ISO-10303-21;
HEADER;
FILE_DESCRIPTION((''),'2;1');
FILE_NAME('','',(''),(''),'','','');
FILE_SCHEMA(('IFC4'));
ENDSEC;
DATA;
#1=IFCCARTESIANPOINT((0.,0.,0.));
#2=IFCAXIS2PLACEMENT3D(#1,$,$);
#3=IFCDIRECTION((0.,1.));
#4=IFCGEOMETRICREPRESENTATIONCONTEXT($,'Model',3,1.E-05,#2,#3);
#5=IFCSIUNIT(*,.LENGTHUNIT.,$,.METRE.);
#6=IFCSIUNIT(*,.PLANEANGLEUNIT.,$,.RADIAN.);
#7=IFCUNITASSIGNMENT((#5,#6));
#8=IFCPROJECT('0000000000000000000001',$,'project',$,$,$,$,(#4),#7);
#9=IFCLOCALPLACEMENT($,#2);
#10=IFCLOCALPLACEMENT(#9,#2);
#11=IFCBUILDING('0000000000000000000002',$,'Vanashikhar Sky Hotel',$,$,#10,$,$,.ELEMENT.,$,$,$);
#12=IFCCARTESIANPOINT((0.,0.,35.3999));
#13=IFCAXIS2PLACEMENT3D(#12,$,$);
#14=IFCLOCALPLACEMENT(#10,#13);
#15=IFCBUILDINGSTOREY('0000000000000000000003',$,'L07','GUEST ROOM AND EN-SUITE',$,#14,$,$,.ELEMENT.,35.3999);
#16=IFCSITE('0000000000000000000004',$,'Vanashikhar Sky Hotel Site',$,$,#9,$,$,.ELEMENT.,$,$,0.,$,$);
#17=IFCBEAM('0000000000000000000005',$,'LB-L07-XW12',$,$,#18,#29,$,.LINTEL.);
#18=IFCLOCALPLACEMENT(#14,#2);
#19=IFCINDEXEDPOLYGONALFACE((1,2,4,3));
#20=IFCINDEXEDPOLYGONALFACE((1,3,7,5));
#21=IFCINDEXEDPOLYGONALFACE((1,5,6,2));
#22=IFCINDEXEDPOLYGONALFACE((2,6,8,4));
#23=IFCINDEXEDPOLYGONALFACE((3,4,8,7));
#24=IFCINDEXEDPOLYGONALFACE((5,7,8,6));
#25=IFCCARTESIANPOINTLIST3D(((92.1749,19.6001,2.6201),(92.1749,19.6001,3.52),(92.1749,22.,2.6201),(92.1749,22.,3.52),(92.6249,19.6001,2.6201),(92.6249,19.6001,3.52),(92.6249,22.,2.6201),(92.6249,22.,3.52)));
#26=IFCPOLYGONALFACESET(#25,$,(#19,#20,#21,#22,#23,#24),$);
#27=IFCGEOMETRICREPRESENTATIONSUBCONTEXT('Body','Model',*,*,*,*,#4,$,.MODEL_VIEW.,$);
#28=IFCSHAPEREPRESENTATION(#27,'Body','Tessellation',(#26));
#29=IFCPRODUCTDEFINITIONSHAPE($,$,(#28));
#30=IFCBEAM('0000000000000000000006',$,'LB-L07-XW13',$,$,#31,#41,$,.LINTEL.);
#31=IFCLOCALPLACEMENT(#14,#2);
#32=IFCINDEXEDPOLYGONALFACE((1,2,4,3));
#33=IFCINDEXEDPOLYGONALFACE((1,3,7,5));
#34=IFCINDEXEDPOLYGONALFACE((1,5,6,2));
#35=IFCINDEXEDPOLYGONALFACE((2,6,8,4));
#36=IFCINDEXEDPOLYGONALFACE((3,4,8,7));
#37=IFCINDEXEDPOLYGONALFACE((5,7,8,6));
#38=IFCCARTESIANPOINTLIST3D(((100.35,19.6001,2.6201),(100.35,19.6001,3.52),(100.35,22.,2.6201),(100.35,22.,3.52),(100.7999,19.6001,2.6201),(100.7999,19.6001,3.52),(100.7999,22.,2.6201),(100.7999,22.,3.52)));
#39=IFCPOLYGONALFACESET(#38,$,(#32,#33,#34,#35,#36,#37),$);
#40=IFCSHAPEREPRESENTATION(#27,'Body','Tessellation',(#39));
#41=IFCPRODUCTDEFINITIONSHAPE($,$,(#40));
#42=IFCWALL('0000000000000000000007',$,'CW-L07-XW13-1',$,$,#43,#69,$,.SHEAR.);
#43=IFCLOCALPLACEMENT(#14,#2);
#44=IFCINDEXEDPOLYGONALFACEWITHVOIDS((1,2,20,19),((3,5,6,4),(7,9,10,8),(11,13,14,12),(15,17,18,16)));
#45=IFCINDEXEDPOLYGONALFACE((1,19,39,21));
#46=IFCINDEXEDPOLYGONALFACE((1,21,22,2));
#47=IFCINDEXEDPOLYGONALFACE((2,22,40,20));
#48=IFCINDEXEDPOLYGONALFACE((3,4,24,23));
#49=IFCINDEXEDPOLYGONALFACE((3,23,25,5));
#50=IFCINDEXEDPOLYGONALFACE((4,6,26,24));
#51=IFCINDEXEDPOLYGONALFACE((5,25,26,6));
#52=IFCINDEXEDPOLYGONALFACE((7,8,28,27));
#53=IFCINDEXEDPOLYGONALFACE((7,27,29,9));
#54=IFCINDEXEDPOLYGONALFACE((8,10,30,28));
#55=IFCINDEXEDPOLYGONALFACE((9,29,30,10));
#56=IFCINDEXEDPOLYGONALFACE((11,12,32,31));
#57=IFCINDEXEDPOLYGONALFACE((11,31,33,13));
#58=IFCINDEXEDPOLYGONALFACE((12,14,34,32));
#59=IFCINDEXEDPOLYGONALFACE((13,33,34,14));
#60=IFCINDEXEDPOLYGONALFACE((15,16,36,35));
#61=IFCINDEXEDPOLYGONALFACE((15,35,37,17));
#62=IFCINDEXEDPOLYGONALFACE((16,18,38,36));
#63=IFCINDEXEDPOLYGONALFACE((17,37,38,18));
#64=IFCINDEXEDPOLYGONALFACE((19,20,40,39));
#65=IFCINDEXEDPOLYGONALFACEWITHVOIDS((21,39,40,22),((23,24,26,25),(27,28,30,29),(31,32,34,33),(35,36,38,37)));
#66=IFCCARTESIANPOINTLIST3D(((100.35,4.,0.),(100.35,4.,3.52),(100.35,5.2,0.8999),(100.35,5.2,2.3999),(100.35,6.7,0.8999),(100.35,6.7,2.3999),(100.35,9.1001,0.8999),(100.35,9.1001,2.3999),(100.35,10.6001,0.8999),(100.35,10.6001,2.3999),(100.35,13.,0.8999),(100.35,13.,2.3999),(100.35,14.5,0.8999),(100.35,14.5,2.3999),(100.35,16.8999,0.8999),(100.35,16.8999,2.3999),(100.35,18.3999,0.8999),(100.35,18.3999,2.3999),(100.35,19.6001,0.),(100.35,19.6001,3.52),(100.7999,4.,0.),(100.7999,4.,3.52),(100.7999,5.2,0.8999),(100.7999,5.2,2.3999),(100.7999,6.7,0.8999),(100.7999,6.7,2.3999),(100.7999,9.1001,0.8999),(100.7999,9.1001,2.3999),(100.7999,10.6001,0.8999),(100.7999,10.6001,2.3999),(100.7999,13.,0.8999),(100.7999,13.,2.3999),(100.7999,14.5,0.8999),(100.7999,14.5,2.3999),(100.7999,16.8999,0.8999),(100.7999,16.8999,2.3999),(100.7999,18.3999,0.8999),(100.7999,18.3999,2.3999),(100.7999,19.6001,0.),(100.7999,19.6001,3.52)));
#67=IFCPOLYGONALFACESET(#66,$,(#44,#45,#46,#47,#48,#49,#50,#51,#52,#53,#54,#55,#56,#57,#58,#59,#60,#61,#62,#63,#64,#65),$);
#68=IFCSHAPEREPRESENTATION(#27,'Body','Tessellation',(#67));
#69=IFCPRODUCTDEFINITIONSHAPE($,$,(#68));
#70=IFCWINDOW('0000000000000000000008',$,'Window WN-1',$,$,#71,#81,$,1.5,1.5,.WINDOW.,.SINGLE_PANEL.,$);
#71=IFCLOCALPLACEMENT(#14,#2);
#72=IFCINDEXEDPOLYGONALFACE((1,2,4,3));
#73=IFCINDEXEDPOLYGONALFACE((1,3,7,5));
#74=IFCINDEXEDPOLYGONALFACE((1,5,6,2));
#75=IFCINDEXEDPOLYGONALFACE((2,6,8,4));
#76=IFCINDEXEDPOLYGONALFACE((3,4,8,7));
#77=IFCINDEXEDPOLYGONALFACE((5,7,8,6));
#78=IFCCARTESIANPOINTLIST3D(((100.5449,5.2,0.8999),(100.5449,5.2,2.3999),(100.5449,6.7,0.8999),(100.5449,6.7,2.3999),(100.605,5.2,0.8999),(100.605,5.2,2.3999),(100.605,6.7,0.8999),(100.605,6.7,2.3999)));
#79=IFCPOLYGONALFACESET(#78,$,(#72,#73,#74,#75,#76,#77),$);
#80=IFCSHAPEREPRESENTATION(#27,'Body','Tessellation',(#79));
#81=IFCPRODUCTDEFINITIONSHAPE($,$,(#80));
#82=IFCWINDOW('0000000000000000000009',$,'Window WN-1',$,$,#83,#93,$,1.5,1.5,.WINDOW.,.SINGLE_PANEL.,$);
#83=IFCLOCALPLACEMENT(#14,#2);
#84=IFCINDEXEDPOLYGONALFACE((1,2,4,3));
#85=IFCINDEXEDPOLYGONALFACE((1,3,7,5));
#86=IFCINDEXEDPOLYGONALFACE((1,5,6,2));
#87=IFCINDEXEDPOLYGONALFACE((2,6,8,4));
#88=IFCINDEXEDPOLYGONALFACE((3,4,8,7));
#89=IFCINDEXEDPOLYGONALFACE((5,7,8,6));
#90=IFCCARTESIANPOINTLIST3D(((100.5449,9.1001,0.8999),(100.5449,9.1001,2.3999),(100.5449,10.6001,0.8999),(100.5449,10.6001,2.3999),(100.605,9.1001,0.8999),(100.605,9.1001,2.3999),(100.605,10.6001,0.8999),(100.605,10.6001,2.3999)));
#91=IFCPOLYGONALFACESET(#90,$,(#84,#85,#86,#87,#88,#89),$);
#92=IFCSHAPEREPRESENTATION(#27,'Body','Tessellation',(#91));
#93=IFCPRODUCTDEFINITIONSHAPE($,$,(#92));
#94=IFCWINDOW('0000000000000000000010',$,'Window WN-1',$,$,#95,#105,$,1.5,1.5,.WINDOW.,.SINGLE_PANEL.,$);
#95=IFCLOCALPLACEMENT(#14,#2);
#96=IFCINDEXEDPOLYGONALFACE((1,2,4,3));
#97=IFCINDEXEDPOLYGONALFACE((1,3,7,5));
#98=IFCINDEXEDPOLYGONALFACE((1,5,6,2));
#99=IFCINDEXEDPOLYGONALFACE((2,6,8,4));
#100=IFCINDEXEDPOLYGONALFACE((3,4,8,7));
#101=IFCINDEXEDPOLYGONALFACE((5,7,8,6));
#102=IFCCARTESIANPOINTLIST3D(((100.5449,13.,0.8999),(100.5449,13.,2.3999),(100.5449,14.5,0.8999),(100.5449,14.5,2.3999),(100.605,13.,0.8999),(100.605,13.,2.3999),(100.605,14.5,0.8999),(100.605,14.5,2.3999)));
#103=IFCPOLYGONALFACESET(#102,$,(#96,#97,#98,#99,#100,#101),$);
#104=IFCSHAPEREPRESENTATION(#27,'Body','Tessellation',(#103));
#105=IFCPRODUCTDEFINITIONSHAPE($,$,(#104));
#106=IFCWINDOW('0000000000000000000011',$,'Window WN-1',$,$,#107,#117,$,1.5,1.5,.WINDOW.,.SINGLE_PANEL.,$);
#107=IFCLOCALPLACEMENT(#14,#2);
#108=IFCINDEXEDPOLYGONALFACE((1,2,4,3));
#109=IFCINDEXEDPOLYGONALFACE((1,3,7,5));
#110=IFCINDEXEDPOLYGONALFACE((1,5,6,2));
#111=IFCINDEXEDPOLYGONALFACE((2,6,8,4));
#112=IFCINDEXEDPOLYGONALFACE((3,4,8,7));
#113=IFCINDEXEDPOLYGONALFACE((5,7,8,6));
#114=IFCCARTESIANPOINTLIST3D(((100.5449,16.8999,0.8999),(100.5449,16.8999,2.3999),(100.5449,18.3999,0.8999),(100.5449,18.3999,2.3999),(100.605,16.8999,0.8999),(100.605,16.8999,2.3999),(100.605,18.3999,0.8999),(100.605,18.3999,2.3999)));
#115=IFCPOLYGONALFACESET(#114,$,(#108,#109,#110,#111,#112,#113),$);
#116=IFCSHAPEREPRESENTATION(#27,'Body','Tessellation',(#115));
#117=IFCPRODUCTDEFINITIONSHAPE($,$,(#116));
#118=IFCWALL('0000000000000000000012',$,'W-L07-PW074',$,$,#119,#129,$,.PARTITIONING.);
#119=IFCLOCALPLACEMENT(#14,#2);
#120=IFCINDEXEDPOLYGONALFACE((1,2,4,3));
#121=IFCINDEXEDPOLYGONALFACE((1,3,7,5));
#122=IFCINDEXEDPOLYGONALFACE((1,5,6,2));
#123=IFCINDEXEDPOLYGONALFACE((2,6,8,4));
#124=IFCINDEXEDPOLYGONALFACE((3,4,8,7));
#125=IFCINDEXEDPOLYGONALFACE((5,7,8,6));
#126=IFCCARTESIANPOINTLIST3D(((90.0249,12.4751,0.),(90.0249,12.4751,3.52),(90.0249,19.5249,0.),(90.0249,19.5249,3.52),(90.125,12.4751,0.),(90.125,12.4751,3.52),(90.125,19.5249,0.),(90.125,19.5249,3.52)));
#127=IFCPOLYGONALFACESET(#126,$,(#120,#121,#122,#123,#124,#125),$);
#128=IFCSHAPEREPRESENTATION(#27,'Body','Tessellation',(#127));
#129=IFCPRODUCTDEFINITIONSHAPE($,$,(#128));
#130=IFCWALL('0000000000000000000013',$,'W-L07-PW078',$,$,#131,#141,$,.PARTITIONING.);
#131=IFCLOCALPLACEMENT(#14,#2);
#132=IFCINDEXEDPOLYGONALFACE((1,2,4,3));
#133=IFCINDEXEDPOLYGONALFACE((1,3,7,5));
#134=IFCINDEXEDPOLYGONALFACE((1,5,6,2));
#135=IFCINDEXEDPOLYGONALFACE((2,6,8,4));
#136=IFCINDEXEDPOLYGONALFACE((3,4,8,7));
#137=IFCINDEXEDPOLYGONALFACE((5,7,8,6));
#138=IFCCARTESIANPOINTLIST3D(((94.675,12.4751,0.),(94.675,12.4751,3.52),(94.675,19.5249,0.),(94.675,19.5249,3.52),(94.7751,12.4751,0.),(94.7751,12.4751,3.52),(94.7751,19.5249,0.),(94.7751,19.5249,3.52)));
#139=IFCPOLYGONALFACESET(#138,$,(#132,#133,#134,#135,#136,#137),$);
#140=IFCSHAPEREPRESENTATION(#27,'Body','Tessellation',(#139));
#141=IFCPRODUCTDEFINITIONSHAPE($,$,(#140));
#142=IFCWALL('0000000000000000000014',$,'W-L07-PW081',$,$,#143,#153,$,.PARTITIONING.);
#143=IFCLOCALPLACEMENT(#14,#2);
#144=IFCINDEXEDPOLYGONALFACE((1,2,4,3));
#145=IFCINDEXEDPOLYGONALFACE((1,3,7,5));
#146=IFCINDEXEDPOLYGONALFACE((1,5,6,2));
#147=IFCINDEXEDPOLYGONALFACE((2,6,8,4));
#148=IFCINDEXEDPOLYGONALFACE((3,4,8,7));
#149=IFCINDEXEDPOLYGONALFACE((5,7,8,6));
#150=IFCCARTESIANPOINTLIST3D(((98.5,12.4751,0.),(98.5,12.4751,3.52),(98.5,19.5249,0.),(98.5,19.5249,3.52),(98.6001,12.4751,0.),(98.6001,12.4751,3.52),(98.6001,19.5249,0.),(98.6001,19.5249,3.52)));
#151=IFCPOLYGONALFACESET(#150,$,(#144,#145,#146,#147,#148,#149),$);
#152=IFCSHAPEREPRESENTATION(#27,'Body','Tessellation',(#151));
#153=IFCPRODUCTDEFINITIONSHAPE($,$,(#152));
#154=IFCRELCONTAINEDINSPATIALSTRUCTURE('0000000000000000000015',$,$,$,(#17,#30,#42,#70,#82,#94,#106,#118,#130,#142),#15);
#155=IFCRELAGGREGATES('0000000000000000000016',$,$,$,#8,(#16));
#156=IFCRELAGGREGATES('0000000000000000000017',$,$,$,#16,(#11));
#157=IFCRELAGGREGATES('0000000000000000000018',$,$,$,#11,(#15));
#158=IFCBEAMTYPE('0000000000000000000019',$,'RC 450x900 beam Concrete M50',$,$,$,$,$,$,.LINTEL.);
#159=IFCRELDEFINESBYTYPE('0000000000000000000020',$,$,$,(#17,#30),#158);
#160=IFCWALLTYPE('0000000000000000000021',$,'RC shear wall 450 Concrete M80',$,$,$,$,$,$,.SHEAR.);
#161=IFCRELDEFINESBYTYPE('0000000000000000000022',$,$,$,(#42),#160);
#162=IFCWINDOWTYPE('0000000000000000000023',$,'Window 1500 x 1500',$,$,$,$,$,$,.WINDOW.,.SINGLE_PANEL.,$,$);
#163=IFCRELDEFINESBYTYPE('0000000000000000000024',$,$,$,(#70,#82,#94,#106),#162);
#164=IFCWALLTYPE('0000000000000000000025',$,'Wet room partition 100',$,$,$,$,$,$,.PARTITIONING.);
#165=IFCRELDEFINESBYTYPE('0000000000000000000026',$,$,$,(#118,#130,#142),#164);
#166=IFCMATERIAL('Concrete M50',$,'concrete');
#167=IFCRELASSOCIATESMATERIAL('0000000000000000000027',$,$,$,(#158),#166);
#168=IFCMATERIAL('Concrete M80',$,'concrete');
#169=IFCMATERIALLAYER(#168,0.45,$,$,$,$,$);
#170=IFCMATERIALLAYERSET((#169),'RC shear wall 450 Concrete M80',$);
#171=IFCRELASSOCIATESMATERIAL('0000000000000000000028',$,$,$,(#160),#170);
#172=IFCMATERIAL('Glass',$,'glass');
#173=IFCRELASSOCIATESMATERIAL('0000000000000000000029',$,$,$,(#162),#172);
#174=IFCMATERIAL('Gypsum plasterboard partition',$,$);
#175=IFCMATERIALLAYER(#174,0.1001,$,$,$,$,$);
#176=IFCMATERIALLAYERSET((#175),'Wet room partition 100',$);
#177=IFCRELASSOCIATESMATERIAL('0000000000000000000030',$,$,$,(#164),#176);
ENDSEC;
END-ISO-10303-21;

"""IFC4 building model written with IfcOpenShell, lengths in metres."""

from ifc_helpers import new_model, si_unit, direction, frame, frame_2d, origin, origin_2d, place, context, subcontext, project, spatial, rectangle, extrude, source, transform, mapped, material, layer, layer_set, material_profile, profile_set, type_object, element, fill, save


model = new_model("IFC4")

# Units and contexts
model_context = context("Model", 3, precision=1e-05, world=origin(), true_north=direction((0.0, 1.0)))
body_context = subcontext(model_context, "Body", "Model", "MODEL_VIEW")
ifc_project = project(units=[si_unit("LENGTHUNIT", "METRE"), si_unit("PLANEANGLEUNIT", "RADIAN")], contexts=[model_context])

# Site, building, storey
site_placement = place(None, origin())
site = spatial("IfcSite", under=ifc_project, at=site_placement, Name="Vanashikhar Sky Hotel Site", CompositionType="ELEMENT", RefElevation=0.0)
building_placement = place(site_placement, origin())
building = spatial("IfcBuilding", under=site, at=building_placement, Name="Vanashikhar Sky Hotel", CompositionType="ELEMENT")
storey_placement = place(building_placement, frame((0.0, 0.0, 35.3999)))
storey = spatial("IfcBuildingStorey", under=building, at=storey_placement, Name="L07", Description="GUEST ROOM AND EN-SUITE", CompositionType="ELEMENT", Elevation=35.3999)

# Beams
ifc_material_1 = material(Name="Concrete M50", Category="concrete")
ifc_material_profile = material_profile(ifc_material_1, rectangle(XDim=0.45, YDim=0.8999, at=origin_2d()))
ifc_profile_set = profile_set([ifc_material_profile], Name="RC 450x900 beam Concrete M50")
beam_type = type_object("IfcBeamType", Name="RC 450x900 beam Concrete M50", PredefinedType="LINTEL", material=ifc_profile_set)
shared_shape_1 = source(origin(), body_context, "Body", "SweptSolid", [
    extrude(rectangle(XDim=0.45, YDim=0.8999, at=origin_2d()), origin(), (0.0, 0.0, 1.0), 2.3999),
])
for number, where, z_axis, x_axis, name in (
    (1, (92.3999, 19.6001, 3.0701), (0.0, 1.0, 0.0), (-1.0, 0.0, 0.0), "LB-L07-XW12"),
    (2, (100.575, 19.6001, 3.0701), (0.0, 1.0, 0.0), (-1.0, 0.0, 0.0), "LB-L07-XW13"),
):
    element("IfcBeam", number, at=place(storey_placement, frame(where, z_axis=z_axis, x_axis=x_axis)), inside=storey, type_object=beam_type, Name=name, PredefinedType="LINTEL", context=body_context, shape_type="MappedRepresentation", body=[
        mapped(shared_shape_1, transform((0.0, 0.0, 0.0), scale=1.0)),
    ])

# Wall, openings, windows
ifc_material_2 = material(Name="Concrete M80", Category="concrete")
ifc_layer_1 = layer(ifc_material_2, 0.45)
ifc_layer_set_1 = layer_set([ifc_layer_1], Name="RC shear wall 450 Concrete M80")
wall_type_1 = type_object("IfcWallType", Name="RC shear wall 450 Concrete M80", PredefinedType="SHEAR", material=ifc_layer_set_1)
shared_shape_2 = source(origin(), body_context, "Body", "SweptSolid", [
    extrude(rectangle(XDim=15.6001, YDim=0.45, at=frame_2d((7.8, 0.0))), origin(), (0.0, 0.0, 1.0), 3.52),
])
wall_1_placement = place(storey_placement, frame((100.575, 4.0, 0.0), z_axis=(0.0, 0.0, 1.0), x_axis=(0.0, 1.0, 0.0)))
wall_1 = element("IfcWall", 3, at=wall_1_placement, inside=storey, type_object=wall_type_1, Name="CW-L07-XW13-1", PredefinedType="SHEAR", context=body_context, shape_type="MappedRepresentation", body=[
    mapped(shared_shape_2, transform((0.0, 0.0, 0.0), scale=1.0)),
])
shared_shape_3 = source(origin(), body_context, "Body", "SweptSolid", [
    extrude(rectangle(XDim=1.5, YDim=1.5, at=frame_2d((0.75, 0.75))), frame((0.0, 0.2349, 0.0), z_axis=(0.0, -1.0, 0.0), x_axis=(1.0, 0.0, 0.0)), (0.0, 0.0, 1.0), 0.47),
])
opening_1_placement = place(wall_1_placement, frame((1.2, 0.0, 0.8999)))
opening_1 = element("IfcOpeningElement", 4, at=opening_1_placement, cuts=wall_1, PredefinedType="OPENING", context=body_context, shape_type="MappedRepresentation", body=[
    mapped(shared_shape_3, transform((0.0, 0.0, 0.0), scale=1.0)),
])
opening_2_placement = place(wall_1_placement, frame((5.1001, 0.0, 0.8999)))
opening_2 = element("IfcOpeningElement", 5, at=opening_2_placement, cuts=wall_1, PredefinedType="OPENING", context=body_context, shape_type="MappedRepresentation", body=[
    mapped(shared_shape_3, transform((0.0, 0.0, 0.0), scale=1.0)),
])
opening_3_placement = place(wall_1_placement, frame((9.0, 0.0, 0.8999)))
opening_3 = element("IfcOpeningElement", 6, at=opening_3_placement, cuts=wall_1, PredefinedType="OPENING", context=body_context, shape_type="MappedRepresentation", body=[
    mapped(shared_shape_3, transform((0.0, 0.0, 0.0), scale=1.0)),
])
opening_4_placement = place(wall_1_placement, frame((12.8999, 0.0, 0.8999)))
opening_4 = element("IfcOpeningElement", 7, at=opening_4_placement, cuts=wall_1, PredefinedType="OPENING", context=body_context, shape_type="MappedRepresentation", body=[
    mapped(shared_shape_3, transform((0.0, 0.0, 0.0), scale=1.0)),
])
ifc_material_3 = material(Name="Glass", Category="glass")
window_type = type_object("IfcWindowType", Name="Window 1500 x 1500", PartitioningType="SINGLE_PANEL", PredefinedType="WINDOW", material=ifc_material_3)
shared_shape_4 = source(origin(), body_context, "Body", "SweptSolid", [
    extrude(rectangle(XDim=1.5, YDim=1.5, at=frame_2d((0.75, 0.75))), frame((0.0, 0.03, 0.0), z_axis=(0.0, -1.0, 0.0), x_axis=(1.0, 0.0, 0.0)), (0.0, 0.0, 1.0), 0.0601),
])
window_1_placement = place(opening_1_placement, origin())
window_1 = element("IfcWindow", 8, at=window_1_placement, inside=storey, type_object=window_type, Name="Window WN-1", OverallHeight=1.5, OverallWidth=1.5, PartitioningType="SINGLE_PANEL", PredefinedType="WINDOW", context=body_context, shape_type="MappedRepresentation", body=[
    mapped(shared_shape_4, transform((0.0, 0.0, 0.0), scale=1.0)),
])
fill(opening_1, window_1)
window_2_placement = place(opening_2_placement, origin())
window_2 = element("IfcWindow", 9, at=window_2_placement, inside=storey, type_object=window_type, Name="Window WN-1", OverallHeight=1.5, OverallWidth=1.5, PartitioningType="SINGLE_PANEL", PredefinedType="WINDOW", context=body_context, shape_type="MappedRepresentation", body=[
    mapped(shared_shape_4, transform((0.0, 0.0, 0.0), scale=1.0)),
])
fill(opening_2, window_2)
window_3_placement = place(opening_3_placement, origin())
window_3 = element("IfcWindow", 10, at=window_3_placement, inside=storey, type_object=window_type, Name="Window WN-1", OverallHeight=1.5, OverallWidth=1.5, PartitioningType="SINGLE_PANEL", PredefinedType="WINDOW", context=body_context, shape_type="MappedRepresentation", body=[
    mapped(shared_shape_4, transform((0.0, 0.0, 0.0), scale=1.0)),
])
fill(opening_3, window_3)
window_4_placement = place(opening_4_placement, origin())
window_4 = element("IfcWindow", 11, at=window_4_placement, inside=storey, type_object=window_type, Name="Window WN-1", OverallHeight=1.5, OverallWidth=1.5, PartitioningType="SINGLE_PANEL", PredefinedType="WINDOW", context=body_context, shape_type="MappedRepresentation", body=[
    mapped(shared_shape_4, transform((0.0, 0.0, 0.0), scale=1.0)),
])
fill(opening_4, window_4)

# Walls
ifc_material_4 = material(Name="Gypsum plasterboard partition")
ifc_layer_2 = layer(ifc_material_4, 0.1001)
ifc_layer_set_2 = layer_set([ifc_layer_2], Name="Wet room partition 100")
wall_type_2 = type_object("IfcWallType", Name="Wet room partition 100", PredefinedType="PARTITIONING", material=ifc_layer_set_2)
shared_shape_5 = source(origin(), body_context, "Body", "SweptSolid", [
    extrude(rectangle(XDim=7.0498, YDim=0.1001, at=frame_2d((3.5249, 0.0))), origin(), (0.0, 0.0, 1.0), 3.52),
])
for number, where, z_axis, x_axis, name in (
    (12, (90.075, 12.4751, 0.0), (0.0, 0.0, 1.0), (0.0, 1.0, 0.0), "W-L07-PW074"),
    (13, (94.7251, 12.4751, 0.0), (0.0, 0.0, 1.0), (0.0, 1.0, 0.0), "W-L07-PW078"),
    (14, (98.55, 12.4751, 0.0), (0.0, 0.0, 1.0), (0.0, 1.0, 0.0), "W-L07-PW081"),
):
    element("IfcWall", number, at=place(storey_placement, frame(where, z_axis=z_axis, x_axis=x_axis)), inside=storey, type_object=wall_type_2, Name=name, PredefinedType="PARTITIONING", context=body_context, shape_type="MappedRepresentation", body=[
        mapped(shared_shape_5, transform((0.0, 0.0, 0.0), scale=1.0)),
    ])

save(model, "model.ifc")
